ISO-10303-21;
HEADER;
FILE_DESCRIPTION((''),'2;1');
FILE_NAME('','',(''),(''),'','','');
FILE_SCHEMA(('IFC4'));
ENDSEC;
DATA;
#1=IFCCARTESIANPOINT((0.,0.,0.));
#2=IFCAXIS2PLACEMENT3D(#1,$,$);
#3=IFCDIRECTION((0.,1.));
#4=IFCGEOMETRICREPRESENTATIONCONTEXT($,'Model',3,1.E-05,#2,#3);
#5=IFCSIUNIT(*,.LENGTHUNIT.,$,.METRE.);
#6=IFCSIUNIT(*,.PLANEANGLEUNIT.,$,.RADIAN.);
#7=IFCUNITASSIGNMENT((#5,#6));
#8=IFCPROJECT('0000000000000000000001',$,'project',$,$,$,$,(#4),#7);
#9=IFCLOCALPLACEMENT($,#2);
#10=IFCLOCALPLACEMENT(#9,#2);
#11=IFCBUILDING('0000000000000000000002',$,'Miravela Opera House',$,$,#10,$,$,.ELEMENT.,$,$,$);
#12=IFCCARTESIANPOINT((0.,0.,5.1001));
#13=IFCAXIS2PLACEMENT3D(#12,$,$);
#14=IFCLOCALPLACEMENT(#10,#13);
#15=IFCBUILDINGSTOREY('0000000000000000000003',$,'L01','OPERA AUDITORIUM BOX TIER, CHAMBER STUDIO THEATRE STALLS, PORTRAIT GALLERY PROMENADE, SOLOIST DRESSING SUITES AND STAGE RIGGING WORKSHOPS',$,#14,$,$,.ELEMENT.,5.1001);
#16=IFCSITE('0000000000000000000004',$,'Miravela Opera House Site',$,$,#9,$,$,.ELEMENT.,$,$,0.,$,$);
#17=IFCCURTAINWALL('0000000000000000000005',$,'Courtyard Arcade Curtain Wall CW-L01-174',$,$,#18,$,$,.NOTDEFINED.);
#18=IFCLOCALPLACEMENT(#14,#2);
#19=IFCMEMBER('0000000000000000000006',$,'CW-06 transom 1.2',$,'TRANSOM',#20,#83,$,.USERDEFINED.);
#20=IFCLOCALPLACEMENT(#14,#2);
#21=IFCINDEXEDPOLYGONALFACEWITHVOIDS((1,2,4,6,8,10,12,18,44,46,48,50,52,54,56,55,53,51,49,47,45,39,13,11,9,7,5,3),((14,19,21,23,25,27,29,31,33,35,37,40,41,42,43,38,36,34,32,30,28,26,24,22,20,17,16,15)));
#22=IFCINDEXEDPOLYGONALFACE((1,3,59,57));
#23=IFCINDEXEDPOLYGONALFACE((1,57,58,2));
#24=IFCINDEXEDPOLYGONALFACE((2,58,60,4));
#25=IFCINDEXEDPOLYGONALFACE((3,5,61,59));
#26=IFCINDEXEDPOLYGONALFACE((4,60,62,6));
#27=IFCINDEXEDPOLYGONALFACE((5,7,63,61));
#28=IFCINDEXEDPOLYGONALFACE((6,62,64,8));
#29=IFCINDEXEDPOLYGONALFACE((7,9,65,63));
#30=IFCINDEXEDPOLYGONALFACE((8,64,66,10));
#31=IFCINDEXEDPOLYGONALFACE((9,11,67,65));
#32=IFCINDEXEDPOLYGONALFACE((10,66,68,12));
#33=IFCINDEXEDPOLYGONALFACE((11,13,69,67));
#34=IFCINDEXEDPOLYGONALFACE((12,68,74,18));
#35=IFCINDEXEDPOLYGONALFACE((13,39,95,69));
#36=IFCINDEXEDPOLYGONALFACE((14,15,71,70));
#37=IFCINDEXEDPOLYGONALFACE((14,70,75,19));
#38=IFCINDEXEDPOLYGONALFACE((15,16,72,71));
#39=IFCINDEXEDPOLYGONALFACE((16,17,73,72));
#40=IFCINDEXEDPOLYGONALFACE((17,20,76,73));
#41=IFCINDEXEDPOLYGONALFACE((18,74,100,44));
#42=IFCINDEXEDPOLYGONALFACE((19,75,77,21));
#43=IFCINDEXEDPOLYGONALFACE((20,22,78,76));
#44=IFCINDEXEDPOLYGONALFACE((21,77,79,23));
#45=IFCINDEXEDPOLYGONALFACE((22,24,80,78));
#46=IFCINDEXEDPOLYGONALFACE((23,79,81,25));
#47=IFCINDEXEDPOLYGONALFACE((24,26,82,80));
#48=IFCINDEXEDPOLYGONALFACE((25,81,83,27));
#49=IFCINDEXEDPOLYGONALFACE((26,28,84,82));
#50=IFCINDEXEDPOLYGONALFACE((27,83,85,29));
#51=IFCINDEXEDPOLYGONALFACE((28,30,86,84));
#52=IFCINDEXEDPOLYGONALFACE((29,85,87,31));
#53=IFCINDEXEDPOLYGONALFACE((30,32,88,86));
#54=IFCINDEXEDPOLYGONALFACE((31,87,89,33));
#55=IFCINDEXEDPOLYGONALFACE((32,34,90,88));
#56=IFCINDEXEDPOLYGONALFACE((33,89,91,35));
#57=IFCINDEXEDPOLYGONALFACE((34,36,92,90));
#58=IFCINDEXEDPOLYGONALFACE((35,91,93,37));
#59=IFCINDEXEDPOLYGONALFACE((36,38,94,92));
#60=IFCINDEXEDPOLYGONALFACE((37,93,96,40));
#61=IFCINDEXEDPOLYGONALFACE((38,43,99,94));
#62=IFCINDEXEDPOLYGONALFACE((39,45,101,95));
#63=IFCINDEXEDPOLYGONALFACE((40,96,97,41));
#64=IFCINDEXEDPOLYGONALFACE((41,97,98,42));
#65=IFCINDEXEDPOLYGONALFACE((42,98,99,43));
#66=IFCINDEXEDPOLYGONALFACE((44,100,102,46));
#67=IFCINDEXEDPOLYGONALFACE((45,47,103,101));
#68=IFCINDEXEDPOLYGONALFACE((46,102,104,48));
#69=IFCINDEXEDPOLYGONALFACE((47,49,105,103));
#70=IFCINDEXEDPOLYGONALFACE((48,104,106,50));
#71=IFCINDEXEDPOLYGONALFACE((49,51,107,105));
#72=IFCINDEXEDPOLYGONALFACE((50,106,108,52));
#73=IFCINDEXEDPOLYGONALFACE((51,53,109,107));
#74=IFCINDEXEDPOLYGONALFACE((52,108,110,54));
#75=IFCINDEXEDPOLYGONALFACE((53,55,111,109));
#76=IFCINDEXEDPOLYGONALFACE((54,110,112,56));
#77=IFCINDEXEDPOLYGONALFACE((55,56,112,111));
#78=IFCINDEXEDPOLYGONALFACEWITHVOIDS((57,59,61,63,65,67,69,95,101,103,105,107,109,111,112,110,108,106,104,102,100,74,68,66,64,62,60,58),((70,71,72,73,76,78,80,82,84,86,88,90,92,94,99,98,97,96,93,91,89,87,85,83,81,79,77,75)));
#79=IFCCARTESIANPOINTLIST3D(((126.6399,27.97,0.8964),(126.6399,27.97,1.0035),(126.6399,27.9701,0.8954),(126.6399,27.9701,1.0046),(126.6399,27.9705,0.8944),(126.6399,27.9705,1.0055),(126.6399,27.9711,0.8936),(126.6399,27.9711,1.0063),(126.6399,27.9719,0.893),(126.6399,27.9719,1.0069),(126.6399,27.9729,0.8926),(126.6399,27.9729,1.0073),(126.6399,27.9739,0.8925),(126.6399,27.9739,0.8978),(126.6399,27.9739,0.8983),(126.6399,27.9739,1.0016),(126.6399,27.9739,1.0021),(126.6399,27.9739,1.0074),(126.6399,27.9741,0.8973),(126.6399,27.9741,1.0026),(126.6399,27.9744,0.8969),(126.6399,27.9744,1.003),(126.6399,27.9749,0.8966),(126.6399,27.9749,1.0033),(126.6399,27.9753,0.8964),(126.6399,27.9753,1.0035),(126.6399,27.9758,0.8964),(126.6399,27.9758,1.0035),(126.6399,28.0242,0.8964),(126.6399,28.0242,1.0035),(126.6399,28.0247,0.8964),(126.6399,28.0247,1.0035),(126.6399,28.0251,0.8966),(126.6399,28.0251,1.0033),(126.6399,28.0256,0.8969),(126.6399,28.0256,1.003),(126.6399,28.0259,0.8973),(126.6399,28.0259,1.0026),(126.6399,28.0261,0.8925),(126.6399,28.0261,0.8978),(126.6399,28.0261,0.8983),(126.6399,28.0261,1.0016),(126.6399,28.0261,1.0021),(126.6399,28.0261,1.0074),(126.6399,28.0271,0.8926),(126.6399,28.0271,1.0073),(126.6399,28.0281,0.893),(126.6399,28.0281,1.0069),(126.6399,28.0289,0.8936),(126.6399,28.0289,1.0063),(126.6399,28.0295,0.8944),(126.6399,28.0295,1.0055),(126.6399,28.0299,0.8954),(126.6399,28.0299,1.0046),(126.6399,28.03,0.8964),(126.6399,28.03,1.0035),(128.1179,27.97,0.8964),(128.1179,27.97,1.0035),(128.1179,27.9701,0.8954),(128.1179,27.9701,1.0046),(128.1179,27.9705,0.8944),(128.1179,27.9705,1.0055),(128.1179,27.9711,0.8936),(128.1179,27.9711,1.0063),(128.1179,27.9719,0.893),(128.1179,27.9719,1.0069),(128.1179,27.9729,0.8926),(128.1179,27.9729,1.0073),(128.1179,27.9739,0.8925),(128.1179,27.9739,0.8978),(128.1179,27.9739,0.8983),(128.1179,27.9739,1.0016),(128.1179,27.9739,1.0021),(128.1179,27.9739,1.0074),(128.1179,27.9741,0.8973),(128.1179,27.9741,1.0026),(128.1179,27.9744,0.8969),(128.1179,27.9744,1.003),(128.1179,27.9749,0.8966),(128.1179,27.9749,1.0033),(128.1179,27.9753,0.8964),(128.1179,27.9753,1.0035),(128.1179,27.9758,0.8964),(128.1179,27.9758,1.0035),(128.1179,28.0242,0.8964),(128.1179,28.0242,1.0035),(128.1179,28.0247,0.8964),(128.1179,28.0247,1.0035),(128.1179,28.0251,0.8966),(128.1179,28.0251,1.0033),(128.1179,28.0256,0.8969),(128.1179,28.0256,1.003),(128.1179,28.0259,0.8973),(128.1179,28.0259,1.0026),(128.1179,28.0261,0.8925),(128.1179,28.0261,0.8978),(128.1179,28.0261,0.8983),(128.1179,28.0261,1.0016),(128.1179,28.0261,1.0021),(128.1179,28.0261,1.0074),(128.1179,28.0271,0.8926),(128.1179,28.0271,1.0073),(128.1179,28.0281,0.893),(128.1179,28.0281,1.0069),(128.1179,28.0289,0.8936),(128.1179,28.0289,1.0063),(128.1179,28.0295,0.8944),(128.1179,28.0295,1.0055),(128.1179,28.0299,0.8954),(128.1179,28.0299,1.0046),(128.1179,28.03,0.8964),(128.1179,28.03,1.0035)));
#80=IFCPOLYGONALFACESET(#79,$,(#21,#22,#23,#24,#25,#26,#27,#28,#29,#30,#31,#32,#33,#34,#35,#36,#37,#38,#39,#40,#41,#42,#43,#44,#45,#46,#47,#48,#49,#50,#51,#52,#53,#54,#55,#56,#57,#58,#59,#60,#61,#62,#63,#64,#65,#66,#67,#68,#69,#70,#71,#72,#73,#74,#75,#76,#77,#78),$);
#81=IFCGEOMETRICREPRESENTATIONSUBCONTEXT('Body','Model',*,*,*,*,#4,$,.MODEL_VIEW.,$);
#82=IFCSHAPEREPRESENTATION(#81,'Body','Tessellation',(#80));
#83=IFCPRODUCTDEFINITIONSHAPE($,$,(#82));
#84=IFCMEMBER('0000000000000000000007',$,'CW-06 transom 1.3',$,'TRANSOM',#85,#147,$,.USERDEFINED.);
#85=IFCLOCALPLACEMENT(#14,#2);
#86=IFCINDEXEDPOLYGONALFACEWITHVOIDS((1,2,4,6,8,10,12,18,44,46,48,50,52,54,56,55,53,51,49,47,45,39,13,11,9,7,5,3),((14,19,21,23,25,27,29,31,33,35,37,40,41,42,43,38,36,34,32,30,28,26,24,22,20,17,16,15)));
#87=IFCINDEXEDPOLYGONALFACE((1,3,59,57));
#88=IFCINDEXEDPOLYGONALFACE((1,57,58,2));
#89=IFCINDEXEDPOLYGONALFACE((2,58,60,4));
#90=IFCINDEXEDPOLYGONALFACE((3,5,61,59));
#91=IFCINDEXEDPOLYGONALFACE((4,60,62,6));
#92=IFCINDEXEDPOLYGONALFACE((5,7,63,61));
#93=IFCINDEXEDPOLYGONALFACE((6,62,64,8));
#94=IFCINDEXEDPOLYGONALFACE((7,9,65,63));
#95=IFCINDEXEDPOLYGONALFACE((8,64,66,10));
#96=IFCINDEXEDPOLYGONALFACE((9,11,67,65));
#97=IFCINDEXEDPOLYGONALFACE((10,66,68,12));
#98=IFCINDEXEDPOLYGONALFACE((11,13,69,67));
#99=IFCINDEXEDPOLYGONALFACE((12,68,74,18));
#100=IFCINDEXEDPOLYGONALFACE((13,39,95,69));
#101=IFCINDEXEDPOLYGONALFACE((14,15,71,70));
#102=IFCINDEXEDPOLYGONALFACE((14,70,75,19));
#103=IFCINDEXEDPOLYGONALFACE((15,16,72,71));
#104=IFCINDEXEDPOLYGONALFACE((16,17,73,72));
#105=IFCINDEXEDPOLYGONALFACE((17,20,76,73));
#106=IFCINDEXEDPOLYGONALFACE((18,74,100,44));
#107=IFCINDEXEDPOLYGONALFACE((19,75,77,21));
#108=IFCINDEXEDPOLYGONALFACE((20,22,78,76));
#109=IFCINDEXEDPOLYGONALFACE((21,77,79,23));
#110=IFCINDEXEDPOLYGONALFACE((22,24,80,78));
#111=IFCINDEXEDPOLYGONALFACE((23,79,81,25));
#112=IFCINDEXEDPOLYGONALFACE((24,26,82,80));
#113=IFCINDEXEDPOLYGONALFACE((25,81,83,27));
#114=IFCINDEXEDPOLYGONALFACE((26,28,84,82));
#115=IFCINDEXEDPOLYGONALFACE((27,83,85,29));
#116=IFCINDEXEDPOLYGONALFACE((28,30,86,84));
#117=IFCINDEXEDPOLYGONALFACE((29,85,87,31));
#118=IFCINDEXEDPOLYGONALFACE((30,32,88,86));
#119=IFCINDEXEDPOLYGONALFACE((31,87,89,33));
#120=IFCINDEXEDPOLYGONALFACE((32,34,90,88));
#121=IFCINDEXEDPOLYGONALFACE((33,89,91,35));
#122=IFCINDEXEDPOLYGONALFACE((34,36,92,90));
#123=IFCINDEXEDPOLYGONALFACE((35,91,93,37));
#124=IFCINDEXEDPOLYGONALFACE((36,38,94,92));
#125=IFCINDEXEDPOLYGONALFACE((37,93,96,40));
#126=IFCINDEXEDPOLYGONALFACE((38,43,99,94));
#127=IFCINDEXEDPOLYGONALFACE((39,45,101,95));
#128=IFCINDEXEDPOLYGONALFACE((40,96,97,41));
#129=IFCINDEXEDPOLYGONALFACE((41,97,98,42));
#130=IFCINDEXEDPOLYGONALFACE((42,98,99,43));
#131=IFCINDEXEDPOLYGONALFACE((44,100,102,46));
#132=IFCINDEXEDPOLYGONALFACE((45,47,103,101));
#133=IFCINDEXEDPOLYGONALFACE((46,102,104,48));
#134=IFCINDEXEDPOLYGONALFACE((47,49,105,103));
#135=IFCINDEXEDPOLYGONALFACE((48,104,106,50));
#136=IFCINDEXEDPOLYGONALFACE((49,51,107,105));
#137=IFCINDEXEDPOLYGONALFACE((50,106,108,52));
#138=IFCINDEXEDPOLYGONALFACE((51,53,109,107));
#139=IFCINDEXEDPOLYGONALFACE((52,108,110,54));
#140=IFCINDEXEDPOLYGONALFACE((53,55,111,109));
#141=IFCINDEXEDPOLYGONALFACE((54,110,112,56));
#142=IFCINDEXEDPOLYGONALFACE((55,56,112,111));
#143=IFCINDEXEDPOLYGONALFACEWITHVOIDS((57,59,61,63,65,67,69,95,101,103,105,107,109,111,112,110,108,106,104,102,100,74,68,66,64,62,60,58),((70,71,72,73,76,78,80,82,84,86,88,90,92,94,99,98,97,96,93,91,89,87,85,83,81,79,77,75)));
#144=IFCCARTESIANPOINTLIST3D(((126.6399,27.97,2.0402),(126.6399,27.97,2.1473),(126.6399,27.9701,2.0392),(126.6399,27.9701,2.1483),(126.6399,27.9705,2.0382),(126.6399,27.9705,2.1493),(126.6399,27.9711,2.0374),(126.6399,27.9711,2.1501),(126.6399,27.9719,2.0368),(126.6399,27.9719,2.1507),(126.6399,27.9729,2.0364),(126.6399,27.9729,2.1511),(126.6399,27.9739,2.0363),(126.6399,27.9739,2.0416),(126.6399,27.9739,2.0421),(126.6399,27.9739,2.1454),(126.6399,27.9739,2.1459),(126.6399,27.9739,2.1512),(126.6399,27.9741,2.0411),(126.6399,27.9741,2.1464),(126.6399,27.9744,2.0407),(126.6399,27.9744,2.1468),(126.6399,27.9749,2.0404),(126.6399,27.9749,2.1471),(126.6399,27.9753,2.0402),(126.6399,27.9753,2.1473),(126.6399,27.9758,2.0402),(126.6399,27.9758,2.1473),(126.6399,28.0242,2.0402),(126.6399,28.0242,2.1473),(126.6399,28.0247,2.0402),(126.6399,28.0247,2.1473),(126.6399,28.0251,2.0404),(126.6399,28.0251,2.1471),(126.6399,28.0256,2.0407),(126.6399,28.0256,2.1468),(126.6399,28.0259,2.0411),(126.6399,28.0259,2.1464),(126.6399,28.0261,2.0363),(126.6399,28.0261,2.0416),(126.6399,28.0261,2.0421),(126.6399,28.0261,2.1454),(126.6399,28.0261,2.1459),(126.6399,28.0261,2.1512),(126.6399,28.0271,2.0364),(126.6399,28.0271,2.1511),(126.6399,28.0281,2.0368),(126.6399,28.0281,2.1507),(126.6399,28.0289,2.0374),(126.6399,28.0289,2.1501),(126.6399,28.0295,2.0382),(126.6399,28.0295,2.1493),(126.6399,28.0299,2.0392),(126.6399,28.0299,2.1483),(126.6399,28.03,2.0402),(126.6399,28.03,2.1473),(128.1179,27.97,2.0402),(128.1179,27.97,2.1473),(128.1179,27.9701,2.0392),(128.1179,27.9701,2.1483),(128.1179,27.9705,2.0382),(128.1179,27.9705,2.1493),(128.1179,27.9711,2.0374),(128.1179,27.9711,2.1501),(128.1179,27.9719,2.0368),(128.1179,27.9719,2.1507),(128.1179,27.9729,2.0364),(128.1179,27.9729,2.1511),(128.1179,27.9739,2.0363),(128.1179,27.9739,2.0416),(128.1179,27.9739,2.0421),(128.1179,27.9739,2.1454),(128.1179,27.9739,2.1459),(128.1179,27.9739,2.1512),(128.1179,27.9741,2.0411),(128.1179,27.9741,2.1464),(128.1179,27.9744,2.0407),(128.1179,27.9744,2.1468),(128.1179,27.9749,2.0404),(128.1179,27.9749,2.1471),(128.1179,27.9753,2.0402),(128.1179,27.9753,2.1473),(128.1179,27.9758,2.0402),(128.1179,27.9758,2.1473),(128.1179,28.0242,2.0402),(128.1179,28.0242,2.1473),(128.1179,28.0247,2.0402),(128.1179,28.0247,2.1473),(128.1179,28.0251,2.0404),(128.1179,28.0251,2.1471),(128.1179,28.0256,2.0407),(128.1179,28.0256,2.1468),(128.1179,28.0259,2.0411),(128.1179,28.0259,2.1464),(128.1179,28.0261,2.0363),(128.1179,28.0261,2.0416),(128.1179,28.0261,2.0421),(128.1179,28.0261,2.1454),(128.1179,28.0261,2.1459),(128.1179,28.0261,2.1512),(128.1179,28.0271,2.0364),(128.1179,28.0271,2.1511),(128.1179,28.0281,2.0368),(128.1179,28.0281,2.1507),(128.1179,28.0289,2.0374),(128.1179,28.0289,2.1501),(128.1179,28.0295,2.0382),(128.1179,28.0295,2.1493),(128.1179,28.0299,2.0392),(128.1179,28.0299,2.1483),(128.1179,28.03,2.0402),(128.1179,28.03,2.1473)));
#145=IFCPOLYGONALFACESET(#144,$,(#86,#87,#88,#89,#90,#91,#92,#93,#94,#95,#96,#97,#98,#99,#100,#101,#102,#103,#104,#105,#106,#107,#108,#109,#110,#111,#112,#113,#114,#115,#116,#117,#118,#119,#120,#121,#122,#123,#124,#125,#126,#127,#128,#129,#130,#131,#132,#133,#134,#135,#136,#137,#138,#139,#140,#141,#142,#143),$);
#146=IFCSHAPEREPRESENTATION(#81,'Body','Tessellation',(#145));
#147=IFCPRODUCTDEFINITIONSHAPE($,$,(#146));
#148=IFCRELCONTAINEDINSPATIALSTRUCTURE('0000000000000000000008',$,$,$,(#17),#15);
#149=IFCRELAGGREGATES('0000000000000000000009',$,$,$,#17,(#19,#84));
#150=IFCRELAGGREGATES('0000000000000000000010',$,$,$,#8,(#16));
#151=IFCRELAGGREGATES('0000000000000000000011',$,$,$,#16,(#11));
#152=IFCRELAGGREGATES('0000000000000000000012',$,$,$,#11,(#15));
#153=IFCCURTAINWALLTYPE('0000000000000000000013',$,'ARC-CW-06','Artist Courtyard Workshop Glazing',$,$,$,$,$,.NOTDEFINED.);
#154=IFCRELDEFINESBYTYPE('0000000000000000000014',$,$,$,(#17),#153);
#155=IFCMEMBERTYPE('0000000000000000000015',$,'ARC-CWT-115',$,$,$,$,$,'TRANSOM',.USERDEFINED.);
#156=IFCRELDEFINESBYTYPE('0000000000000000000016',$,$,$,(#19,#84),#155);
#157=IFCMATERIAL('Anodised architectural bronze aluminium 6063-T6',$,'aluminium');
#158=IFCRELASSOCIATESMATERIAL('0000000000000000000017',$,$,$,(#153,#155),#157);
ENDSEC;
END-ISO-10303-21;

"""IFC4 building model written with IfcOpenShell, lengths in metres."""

from ifc_helpers import new_model, si_unit, direction, frame, origin, origin_2d, place, context, subcontext, project, spatial, hollow_rectangle, extrude, material, material_profile, profile_set, type_object, element, aggregate, save


model = new_model("IFC4")

# Units and contexts
model_context = context("Model", 3, precision=1e-05, world=origin(), true_north=direction((0.0, 1.0)))
body_context = subcontext(model_context, "Body", "Model", "MODEL_VIEW")
ifc_project = project(units=[si_unit("LENGTHUNIT", "METRE"), si_unit("PLANEANGLEUNIT", "RADIAN")], contexts=[model_context])

# Site, building, storey
site_placement = place(None, origin())
site = spatial("IfcSite", under=ifc_project, at=site_placement, Name="Miravela Opera House Site", CompositionType="ELEMENT", RefElevation=0.0)
building_placement = place(site_placement, origin())
building = spatial("IfcBuilding", under=site, at=building_placement, Name="Miravela Opera House", CompositionType="ELEMENT")
storey_placement = place(building_placement, frame((0.0, 0.0, 5.1001)))
storey = spatial("IfcBuildingStorey", under=building, at=storey_placement, Name="L01", Description="OPERA AUDITORIUM BOX TIER, CHAMBER STUDIO THEATRE STALLS, PORTRAIT GALLERY PROMENADE, SOLOIST DRESSING SUITES AND STAGE RIGGING WORKSHOPS", CompositionType="ELEMENT", Elevation=5.1001)

# Shared definitions
ifc_material_1 = material(Name="Anodised architectural bronze aluminium 6063-T6", Category="aluminium")
curtain_wall_type = type_object("IfcCurtainWallType", Name="ARC-CW-06", Description="Artist Courtyard Workshop Glazing", PredefinedType="NOTDEFINED", material=ifc_material_1)

# Curtain wall
curtain_wall_1_placement = place(storey_placement, origin())
curtain_wall_1 = element("IfcCurtainWall", 1, at=curtain_wall_1_placement, inside=storey, type_object=curtain_wall_type, Name="Courtyard Arcade Curtain Wall CW-L01-174", PredefinedType="NOTDEFINED")

# Members
ifc_material_profile_1 = material_profile(ifc_material_1, hollow_rectangle(XDim=0.0601, YDim=0.115, WallThickness=0.0039, InnerFilletRadius=0.002, OuterFilletRadius=0.0039, at=origin_2d()), Name="CWT-60X115")
ifc_profile_set_1 = profile_set([ifc_material_profile_1])
member_type_1 = type_object("IfcMemberType", Name="ARC-CWT-115", ElementType="TRANSOM", PredefinedType="USERDEFINED", material=ifc_profile_set_1)
member_1_placement = place(storey_placement, frame((126.6399, 28.0, 0.95), z_axis=(1.0, 0.0, 0.0), x_axis=(0.0, 1.0, 0.0)))
member_1 = element("IfcMember", 2, at=member_1_placement, type_object=member_type_1, Name="CW-06 transom 1.2", ObjectType="TRANSOM", PredefinedType="USERDEFINED", context=body_context, shape_type="SweptSolid", body=[
    extrude(hollow_rectangle(XDim=0.0601, YDim=0.115, WallThickness=0.0039, InnerFilletRadius=0.002, OuterFilletRadius=0.0039, at=origin_2d()), origin(), (0.0, 0.0, 1.0), 1.478),
])
member_2_placement = place(storey_placement, frame((126.6399, 28.0, 2.0938), z_axis=(1.0, 0.0, 0.0), x_axis=(0.0, 1.0, 0.0)))
member_2 = element("IfcMember", 3, at=member_2_placement, type_object=member_type_1, Name="CW-06 transom 1.3", ObjectType="TRANSOM", PredefinedType="USERDEFINED", context=body_context, shape_type="SweptSolid", body=[
    extrude(hollow_rectangle(XDim=0.0601, YDim=0.115, WallThickness=0.0039, InnerFilletRadius=0.002, OuterFilletRadius=0.0039, at=origin_2d()), origin(), (0.0, 0.0, 1.0), 1.478),
])

aggregate(curtain_wall_1, [member_1, member_2])

save(model, "model.ifc")
